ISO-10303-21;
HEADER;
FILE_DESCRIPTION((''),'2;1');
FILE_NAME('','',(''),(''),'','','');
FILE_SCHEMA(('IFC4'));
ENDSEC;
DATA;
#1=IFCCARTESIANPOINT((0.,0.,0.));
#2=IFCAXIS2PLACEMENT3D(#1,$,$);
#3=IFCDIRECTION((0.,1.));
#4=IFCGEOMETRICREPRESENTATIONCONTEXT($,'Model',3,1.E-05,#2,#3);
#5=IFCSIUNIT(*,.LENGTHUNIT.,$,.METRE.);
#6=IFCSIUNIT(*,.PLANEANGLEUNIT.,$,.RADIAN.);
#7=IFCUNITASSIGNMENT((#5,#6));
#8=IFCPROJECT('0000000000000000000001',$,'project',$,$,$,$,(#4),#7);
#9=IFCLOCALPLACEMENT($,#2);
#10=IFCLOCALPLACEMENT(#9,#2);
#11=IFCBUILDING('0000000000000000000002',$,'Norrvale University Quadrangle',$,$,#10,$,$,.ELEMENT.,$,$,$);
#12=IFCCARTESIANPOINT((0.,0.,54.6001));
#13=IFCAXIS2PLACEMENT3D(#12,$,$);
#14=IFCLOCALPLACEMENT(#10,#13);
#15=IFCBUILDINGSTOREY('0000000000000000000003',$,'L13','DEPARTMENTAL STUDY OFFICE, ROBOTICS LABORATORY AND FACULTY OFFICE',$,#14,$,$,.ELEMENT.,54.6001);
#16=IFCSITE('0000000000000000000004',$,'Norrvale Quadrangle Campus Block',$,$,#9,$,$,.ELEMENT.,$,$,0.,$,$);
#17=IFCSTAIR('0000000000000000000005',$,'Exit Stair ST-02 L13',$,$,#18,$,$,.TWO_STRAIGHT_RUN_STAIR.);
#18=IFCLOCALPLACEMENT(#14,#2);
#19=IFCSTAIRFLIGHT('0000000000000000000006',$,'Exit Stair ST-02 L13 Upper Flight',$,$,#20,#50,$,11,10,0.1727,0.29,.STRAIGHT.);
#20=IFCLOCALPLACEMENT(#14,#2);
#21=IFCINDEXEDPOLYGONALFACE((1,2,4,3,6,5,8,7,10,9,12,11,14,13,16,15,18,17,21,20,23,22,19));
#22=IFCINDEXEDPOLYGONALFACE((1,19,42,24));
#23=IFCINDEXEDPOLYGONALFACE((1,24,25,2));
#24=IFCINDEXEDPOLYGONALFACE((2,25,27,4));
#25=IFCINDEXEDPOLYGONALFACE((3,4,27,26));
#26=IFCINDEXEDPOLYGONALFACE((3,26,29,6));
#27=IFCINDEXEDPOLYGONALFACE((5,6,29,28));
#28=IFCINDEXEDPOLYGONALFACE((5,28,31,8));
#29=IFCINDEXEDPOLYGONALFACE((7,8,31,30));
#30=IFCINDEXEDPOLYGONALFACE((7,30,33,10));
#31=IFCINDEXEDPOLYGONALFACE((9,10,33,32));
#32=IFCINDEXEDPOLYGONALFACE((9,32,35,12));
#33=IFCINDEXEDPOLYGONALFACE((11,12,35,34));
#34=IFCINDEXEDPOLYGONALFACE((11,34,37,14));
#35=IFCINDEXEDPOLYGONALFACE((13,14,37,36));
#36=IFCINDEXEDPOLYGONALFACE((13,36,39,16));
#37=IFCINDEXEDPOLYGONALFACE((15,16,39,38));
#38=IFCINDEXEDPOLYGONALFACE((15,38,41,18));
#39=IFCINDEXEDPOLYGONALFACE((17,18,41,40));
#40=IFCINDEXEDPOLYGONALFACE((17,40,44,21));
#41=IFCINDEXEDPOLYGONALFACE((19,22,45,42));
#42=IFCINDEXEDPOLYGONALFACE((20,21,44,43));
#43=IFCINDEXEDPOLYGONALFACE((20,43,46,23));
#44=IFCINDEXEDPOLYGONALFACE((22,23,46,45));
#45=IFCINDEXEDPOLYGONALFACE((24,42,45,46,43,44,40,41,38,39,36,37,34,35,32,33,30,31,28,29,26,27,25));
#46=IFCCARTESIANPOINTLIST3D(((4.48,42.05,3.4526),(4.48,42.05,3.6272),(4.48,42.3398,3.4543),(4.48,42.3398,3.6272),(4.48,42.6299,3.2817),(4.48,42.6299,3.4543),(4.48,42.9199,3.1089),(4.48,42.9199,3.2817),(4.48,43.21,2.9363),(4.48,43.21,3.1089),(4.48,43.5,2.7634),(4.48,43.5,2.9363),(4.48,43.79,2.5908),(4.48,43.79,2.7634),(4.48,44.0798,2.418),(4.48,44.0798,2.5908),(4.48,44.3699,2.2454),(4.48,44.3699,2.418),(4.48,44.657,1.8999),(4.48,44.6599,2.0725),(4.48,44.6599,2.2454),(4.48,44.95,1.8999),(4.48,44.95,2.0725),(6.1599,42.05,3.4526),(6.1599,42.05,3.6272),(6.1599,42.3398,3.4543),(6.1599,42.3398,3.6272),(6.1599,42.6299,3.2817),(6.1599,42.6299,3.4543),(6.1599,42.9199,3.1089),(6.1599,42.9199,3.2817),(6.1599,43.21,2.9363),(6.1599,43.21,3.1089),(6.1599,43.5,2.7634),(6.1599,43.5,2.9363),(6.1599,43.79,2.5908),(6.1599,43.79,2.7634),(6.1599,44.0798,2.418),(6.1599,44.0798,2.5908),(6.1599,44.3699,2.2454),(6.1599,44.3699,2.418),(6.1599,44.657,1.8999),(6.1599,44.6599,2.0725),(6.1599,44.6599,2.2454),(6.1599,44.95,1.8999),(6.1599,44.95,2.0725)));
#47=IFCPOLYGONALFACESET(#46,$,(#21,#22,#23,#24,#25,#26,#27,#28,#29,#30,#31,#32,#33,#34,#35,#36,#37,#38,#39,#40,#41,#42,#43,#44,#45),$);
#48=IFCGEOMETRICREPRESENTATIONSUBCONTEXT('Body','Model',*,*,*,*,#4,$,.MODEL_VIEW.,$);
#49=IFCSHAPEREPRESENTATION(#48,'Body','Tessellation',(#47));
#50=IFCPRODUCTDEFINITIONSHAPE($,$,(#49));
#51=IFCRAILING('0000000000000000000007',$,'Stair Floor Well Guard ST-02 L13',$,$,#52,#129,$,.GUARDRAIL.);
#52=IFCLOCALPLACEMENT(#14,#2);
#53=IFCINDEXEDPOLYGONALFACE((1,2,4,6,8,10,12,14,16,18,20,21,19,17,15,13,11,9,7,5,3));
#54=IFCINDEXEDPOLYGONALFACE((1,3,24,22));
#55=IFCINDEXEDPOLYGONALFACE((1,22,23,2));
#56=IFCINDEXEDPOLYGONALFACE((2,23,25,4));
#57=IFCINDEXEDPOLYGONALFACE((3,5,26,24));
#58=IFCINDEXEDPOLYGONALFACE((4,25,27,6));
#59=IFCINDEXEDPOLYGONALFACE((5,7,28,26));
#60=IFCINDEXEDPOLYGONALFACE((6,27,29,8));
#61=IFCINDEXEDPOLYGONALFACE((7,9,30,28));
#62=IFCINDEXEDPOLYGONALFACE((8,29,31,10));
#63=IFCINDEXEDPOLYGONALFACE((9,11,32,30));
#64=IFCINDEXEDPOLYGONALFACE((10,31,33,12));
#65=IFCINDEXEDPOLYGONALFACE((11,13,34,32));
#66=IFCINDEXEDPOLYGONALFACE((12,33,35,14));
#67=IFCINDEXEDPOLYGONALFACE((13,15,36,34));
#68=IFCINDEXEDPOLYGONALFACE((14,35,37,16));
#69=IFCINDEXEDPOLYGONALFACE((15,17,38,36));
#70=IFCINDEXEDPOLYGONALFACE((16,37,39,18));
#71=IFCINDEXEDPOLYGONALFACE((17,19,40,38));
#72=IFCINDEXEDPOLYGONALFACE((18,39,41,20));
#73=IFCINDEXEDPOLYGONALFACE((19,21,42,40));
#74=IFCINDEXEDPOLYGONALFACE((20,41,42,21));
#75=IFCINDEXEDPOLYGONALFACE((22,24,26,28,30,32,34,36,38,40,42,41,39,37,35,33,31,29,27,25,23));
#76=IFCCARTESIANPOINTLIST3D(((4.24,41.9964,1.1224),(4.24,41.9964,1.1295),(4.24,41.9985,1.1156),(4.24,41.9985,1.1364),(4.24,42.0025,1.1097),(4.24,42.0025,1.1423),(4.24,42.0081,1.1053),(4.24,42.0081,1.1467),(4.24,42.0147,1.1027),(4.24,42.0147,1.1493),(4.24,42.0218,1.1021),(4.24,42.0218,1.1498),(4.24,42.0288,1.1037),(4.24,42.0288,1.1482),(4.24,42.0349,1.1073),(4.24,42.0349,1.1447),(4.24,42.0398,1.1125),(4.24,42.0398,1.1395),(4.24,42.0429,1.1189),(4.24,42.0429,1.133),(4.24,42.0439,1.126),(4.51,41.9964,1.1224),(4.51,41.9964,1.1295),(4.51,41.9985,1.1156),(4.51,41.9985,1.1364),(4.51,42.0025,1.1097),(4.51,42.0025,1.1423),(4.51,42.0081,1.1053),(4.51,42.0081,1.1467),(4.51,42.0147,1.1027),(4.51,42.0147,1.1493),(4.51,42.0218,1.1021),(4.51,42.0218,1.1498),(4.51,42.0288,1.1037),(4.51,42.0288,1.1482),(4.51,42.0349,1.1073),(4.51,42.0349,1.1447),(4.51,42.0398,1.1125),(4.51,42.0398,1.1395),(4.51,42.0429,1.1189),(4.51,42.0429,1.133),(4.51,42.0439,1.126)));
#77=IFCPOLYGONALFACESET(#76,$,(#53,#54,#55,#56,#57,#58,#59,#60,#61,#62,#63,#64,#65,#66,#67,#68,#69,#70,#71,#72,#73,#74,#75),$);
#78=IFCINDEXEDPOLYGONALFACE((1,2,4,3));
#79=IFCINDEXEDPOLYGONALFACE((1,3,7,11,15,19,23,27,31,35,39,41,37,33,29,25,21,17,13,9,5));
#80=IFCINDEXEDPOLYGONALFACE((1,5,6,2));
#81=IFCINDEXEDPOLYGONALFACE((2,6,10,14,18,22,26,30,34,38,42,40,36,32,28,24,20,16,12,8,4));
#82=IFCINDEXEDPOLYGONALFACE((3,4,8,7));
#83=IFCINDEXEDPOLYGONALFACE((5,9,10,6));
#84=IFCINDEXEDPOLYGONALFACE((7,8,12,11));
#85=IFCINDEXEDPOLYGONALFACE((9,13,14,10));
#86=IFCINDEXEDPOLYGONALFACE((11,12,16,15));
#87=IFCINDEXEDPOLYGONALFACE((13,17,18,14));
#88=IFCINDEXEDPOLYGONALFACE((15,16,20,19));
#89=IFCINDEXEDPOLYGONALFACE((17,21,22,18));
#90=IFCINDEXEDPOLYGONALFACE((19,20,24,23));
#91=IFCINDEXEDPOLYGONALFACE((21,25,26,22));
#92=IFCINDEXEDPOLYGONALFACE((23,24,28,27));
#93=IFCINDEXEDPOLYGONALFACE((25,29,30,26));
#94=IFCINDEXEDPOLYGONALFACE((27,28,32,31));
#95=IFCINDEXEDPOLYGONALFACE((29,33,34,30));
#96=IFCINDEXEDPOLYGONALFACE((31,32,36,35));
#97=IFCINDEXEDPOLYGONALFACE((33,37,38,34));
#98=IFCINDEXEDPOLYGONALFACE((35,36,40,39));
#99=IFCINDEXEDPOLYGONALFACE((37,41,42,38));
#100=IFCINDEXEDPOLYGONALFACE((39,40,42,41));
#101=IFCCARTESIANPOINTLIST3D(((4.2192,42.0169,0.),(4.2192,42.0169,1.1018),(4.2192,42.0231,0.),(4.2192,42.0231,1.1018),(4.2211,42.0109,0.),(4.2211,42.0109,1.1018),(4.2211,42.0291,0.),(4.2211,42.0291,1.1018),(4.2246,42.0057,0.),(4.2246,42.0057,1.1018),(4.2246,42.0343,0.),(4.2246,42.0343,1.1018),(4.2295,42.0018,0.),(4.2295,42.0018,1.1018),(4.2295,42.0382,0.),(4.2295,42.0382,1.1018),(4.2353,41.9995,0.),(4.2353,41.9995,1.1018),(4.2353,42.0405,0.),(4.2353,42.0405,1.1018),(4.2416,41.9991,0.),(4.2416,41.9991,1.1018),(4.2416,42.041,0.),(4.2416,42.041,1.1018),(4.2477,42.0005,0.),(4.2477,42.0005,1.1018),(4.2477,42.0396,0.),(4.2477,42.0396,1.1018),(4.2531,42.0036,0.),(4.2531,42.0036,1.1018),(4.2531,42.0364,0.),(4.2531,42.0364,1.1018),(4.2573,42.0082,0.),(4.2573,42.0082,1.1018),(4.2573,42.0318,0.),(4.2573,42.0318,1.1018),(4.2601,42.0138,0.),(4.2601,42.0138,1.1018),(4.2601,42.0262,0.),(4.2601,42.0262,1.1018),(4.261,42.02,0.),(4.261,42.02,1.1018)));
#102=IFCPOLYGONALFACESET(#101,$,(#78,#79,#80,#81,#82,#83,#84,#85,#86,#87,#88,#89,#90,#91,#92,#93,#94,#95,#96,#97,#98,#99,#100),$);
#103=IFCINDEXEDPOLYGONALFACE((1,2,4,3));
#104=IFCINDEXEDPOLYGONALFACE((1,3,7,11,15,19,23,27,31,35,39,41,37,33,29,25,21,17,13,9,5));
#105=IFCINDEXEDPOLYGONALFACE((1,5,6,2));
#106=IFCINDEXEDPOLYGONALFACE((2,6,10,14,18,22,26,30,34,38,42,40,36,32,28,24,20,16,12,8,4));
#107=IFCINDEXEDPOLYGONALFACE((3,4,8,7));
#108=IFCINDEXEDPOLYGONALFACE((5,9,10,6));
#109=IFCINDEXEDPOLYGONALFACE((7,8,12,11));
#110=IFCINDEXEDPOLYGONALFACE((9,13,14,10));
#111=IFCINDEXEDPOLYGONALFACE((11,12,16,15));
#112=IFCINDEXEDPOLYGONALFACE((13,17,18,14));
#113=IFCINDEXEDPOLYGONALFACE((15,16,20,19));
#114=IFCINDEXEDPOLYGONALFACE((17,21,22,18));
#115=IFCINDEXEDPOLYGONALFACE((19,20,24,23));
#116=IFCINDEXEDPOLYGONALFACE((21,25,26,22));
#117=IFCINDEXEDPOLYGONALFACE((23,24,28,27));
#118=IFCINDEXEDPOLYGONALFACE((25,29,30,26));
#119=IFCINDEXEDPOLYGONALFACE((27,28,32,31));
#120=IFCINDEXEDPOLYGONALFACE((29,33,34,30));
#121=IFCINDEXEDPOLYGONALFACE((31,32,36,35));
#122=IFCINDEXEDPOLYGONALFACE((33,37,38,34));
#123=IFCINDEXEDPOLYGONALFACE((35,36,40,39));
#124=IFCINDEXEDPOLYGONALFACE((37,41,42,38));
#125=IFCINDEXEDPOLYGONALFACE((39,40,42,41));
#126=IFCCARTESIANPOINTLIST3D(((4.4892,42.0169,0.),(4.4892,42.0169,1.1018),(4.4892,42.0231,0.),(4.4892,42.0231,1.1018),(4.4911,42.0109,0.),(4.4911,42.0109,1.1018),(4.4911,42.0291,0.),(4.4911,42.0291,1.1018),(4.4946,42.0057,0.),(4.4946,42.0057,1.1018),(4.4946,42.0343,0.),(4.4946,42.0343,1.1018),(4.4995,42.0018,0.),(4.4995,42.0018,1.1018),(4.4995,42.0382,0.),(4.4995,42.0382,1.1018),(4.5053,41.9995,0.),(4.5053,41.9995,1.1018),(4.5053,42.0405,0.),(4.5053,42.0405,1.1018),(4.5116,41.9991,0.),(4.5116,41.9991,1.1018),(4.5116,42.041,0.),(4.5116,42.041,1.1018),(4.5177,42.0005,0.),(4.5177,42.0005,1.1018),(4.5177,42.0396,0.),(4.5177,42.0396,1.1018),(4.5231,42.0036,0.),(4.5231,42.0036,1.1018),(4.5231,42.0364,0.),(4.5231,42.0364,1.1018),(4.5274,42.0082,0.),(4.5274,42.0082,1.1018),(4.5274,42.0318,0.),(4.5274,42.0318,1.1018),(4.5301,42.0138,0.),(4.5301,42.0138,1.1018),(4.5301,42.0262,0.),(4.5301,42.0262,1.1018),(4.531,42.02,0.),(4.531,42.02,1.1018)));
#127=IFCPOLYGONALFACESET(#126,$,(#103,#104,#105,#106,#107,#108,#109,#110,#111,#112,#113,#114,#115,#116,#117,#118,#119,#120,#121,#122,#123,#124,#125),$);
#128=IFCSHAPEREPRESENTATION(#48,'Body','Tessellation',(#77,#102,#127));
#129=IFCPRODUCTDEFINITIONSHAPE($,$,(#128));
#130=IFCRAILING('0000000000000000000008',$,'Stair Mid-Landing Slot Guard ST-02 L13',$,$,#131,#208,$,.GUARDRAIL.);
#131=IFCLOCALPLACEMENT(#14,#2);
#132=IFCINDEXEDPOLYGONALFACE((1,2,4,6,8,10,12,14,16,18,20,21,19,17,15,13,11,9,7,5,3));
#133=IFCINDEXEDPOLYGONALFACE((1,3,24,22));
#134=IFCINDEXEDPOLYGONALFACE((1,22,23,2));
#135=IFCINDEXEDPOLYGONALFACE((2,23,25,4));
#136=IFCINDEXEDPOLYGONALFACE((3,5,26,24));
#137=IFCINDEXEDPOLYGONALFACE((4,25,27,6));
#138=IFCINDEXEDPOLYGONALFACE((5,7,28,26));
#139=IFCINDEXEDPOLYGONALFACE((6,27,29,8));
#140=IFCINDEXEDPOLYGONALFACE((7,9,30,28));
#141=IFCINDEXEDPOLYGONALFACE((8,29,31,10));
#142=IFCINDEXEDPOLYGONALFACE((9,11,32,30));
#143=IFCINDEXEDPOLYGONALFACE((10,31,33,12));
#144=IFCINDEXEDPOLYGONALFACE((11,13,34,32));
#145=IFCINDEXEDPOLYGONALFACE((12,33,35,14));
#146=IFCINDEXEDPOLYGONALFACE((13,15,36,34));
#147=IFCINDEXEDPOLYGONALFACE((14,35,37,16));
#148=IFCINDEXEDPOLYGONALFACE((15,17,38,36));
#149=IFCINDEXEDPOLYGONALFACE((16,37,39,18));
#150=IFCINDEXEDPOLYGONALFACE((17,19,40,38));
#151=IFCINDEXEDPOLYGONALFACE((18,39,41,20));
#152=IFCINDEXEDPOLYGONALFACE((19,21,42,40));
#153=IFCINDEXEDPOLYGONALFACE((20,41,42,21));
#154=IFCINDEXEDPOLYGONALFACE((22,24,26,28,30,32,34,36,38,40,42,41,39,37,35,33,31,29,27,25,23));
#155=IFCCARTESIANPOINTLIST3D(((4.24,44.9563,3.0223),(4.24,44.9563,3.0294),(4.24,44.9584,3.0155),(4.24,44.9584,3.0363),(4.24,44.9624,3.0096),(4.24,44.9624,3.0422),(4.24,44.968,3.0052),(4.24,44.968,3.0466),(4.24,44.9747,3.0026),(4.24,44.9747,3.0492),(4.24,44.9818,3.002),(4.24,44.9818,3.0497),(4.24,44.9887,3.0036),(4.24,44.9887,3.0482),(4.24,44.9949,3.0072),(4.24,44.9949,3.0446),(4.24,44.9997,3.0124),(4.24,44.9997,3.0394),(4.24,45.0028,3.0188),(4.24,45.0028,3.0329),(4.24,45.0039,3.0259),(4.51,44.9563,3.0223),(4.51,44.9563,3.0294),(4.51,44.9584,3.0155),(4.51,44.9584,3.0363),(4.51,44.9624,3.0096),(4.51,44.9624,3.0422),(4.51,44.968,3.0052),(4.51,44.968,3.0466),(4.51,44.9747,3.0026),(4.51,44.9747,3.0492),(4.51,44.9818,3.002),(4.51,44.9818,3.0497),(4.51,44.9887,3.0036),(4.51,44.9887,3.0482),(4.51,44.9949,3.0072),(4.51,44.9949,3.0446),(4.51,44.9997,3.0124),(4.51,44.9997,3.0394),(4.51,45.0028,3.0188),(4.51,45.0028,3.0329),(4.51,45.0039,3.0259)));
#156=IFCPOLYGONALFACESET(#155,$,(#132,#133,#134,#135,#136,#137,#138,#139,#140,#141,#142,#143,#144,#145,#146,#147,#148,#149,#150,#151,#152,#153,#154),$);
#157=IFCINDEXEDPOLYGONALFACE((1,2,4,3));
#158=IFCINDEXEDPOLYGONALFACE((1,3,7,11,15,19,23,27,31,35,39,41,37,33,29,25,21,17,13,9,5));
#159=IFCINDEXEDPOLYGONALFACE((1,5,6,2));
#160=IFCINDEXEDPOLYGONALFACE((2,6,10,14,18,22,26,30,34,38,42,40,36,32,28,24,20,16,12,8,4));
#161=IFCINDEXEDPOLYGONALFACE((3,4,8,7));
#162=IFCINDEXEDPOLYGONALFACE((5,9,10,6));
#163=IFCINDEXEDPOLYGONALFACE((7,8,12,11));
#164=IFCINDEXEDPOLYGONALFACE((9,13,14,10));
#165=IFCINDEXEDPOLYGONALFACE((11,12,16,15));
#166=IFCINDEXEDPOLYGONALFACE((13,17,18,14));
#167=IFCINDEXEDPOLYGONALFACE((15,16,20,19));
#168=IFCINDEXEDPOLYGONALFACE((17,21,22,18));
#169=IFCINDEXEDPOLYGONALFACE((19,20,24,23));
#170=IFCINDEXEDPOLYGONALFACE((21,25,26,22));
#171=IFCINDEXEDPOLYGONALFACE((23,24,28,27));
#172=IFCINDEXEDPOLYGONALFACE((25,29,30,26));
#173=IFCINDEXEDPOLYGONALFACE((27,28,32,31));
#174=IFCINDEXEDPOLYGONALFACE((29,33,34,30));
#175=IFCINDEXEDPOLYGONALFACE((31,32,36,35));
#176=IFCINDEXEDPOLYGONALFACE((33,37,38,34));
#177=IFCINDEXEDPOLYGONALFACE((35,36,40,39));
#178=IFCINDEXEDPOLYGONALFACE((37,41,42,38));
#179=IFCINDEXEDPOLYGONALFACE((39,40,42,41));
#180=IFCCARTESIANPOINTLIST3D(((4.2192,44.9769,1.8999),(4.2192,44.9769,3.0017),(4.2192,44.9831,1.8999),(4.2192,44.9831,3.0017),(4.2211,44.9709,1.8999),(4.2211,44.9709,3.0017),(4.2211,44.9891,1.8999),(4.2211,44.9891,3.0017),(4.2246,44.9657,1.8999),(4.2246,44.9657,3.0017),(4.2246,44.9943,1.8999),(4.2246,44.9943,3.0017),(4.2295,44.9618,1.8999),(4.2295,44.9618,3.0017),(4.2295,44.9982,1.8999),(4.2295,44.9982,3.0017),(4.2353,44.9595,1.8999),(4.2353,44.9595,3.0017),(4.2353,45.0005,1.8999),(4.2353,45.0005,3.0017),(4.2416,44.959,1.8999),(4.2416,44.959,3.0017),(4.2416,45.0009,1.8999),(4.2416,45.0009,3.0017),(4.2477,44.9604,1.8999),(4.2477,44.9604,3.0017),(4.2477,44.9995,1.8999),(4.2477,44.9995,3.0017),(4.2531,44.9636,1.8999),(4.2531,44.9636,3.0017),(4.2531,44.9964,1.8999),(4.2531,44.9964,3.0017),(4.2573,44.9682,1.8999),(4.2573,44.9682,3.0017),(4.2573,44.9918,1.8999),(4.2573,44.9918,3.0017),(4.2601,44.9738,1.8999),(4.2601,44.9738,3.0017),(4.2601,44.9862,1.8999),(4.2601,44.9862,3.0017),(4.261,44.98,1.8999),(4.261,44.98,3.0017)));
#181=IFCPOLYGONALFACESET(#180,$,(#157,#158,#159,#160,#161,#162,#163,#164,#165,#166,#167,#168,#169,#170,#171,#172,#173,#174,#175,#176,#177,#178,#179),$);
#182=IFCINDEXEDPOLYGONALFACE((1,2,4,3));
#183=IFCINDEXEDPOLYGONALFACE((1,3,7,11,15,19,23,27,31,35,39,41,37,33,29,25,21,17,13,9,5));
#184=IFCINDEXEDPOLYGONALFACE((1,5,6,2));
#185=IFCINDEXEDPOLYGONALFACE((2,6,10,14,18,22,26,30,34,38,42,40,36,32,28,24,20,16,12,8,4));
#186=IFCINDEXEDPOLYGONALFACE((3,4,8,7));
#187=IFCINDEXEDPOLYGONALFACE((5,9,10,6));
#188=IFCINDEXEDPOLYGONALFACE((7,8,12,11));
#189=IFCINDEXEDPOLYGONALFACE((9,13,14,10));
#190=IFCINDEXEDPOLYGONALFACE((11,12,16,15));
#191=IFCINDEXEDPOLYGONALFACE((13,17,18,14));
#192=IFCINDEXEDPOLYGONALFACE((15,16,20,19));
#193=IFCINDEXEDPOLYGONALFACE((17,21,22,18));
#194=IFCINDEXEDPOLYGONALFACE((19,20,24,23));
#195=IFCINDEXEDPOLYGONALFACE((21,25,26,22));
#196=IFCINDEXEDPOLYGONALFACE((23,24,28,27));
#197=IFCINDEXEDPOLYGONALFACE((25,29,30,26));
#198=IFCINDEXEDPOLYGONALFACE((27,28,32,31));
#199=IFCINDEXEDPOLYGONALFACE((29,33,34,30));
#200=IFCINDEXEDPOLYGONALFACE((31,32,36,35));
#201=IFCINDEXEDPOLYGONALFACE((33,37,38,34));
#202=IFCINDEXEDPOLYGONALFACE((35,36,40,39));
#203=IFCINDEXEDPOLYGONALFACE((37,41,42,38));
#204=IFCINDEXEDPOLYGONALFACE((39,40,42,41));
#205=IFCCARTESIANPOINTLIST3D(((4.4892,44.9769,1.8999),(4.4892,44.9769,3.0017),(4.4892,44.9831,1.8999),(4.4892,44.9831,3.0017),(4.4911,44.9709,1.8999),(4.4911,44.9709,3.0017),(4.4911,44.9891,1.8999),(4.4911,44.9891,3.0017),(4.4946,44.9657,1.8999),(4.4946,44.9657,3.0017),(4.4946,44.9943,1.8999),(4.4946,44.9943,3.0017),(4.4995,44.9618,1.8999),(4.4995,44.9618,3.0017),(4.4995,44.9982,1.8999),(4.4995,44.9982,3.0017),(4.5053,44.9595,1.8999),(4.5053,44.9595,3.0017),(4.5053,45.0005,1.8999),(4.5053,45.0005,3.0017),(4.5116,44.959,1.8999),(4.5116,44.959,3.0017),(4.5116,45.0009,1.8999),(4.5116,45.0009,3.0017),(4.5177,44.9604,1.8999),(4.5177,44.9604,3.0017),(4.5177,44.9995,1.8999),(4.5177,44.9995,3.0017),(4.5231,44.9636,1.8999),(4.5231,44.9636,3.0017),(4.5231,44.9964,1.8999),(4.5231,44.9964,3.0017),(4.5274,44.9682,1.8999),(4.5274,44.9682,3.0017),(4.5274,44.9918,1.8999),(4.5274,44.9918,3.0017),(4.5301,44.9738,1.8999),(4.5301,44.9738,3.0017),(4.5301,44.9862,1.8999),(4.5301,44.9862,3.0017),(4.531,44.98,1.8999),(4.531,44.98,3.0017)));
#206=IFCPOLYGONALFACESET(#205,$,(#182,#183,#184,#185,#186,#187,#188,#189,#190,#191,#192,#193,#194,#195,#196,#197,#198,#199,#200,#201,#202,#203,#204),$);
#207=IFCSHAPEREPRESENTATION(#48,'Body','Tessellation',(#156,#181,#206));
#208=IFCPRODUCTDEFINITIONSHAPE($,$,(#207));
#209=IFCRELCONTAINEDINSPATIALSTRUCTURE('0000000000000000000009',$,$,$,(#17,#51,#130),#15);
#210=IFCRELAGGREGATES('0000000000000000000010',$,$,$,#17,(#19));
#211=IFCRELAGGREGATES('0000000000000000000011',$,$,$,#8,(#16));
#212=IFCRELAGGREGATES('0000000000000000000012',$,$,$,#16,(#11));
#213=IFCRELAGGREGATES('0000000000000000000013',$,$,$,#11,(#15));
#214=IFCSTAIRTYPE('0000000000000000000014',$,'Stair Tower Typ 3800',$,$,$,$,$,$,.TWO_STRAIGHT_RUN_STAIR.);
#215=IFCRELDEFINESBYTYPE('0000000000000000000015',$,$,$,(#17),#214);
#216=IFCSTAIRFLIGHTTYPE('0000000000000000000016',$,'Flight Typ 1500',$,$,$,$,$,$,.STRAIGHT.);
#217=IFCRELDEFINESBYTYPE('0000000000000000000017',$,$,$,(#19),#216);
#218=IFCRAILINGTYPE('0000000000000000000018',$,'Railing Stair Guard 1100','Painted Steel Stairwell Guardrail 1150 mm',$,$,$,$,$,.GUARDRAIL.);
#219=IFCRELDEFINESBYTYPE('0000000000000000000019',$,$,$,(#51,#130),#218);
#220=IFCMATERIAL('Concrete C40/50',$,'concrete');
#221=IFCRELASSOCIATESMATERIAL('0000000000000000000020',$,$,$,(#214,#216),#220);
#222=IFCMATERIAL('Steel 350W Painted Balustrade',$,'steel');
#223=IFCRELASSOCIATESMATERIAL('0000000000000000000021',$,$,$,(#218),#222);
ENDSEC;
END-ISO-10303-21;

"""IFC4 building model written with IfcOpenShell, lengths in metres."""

from ifc_helpers import new_model, si_unit, direction, frame, origin, origin_2d, place, context, subcontext, project, spatial, polyline, circle, outline, extrude, material, type_object, element, aggregate, save


model = new_model("IFC4")

# Units and contexts
model_context = context("Model", 3, precision=1e-05, world=origin(), true_north=direction((0.0, 1.0)))
body_context = subcontext(model_context, "Body", "Model", "MODEL_VIEW")
ifc_project = project(units=[si_unit("LENGTHUNIT", "METRE"), si_unit("PLANEANGLEUNIT", "RADIAN")], contexts=[model_context])

# Site, building, storey
site_placement = place(None, origin())
site = spatial("IfcSite", under=ifc_project, at=site_placement, Name="Norrvale Quadrangle Campus Block", CompositionType="ELEMENT", RefElevation=0.0)
building_placement = place(site_placement, origin())
building = spatial("IfcBuilding", under=site, at=building_placement, Name="Norrvale University Quadrangle", CompositionType="ELEMENT")
storey_placement = place(building_placement, frame((0.0, 0.0, 54.6001)))
storey = spatial("IfcBuildingStorey", under=building, at=storey_placement, Name="L13", Description="DEPARTMENTAL STUDY OFFICE, ROBOTICS LABORATORY AND FACULTY OFFICE", CompositionType="ELEMENT", Elevation=54.6001)

# Stair, stair flight
ifc_material_1 = material(Name="Concrete C40/50", Category="concrete")
stair_type = type_object("IfcStairType", Name="Stair Tower Typ 3800", PredefinedType="TWO_STRAIGHT_RUN_STAIR", material=ifc_material_1)
stair_placement = place(storey_placement, origin())
stair = element("IfcStair", 1, at=stair_placement, inside=storey, type_object=stair_type, Name="Exit Stair ST-02 L13", PredefinedType="TWO_STRAIGHT_RUN_STAIR")
stair_flight_type = type_object("IfcStairFlightType", Name="Flight Typ 1500", PredefinedType="STRAIGHT", material=ifc_material_1)
stair_flight_1_placement = place(storey_placement, frame((5.3201, 44.95, 1.8999), z_axis=(0.0, 0.0, 1.0), x_axis=(0.0, -1.0, 0.0)))
stair_flight_1 = element("IfcStairFlight", 2, at=stair_flight_1_placement, type_object=stair_flight_type, Name="Exit Stair ST-02 L13 Upper Flight", NumberOfRisers=11, NumberOfTreads=10, PredefinedType="STRAIGHT", RiserHeight=0.1727, TreadLength=0.29, context=body_context, shape_type="SweptSolid", body=[
    extrude(outline(polyline([(0.0, 0.0), (0.0, 0.1726), (0.29, 0.1726), (0.29, 0.3455), (0.5801, 0.3455), (0.5801, 0.5181), (0.8701, 0.5181), (0.8701, 0.6909), (1.1599, 0.6909), (1.1599, 0.8635), (1.45, 0.8635), (1.45, 1.0364), (1.74, 1.0364), (1.74, 1.209), (2.03, 1.209), (2.03, 1.3818), (2.3201, 1.3818), (2.3201, 1.5544), (2.6101, 1.5544), (2.6101, 1.7273), (2.8999, 1.7273), (2.8999, 1.8999), (2.8999, 1.5527), (0.293, 0.0), (0.0, 0.0)])), frame((0.0, 0.8398, 0.0), z_axis=(0.0, -1.0, 0.0), x_axis=(1.0, 0.0, 0.0)), (0.0, 0.0, 1.0), 1.6799),
])
aggregate(stair, [stair_flight_1])

# Railings
ifc_material_2 = material(Name="Steel 350W Painted Balustrade", Category="steel")
railing_type_1 = type_object("IfcRailingType", Name="Railing Stair Guard 1100", Description="Painted Steel Stairwell Guardrail 1150 mm", PredefinedType="GUARDRAIL", material=ifc_material_2)
for number, where, name in (
    (3, (4.24, 42.02, 0.0), "Stair Floor Well Guard ST-02 L13"),
    (4, (4.24, 44.98, 1.8999), "Stair Mid-Landing Slot Guard ST-02 L13"),
):
    element("IfcRailing", number, at=place(storey_placement, frame(where)), inside=storey, type_object=railing_type_1, Name=name, PredefinedType="GUARDRAIL", context=body_context, shape_type="SweptSolid", body=[
        extrude(circle(Radius=0.0239, at=origin_2d()), frame((0.0, 0.0, 1.126), z_axis=(1.0, 0.0, 0.0), x_axis=(0.0, 1.0, 0.0)), (0.0, 0.0, 1.0), 0.27),
        extrude(circle(Radius=0.021, at=origin_2d()), origin(), (0.0, 0.0, 1.0), 1.1018),
        extrude(circle(Radius=0.021, at=origin_2d()), frame((0.27, 0.0, 0.0)), (0.0, 0.0, 1.0), 1.1018),
    ])

save(model, "model.ifc")
